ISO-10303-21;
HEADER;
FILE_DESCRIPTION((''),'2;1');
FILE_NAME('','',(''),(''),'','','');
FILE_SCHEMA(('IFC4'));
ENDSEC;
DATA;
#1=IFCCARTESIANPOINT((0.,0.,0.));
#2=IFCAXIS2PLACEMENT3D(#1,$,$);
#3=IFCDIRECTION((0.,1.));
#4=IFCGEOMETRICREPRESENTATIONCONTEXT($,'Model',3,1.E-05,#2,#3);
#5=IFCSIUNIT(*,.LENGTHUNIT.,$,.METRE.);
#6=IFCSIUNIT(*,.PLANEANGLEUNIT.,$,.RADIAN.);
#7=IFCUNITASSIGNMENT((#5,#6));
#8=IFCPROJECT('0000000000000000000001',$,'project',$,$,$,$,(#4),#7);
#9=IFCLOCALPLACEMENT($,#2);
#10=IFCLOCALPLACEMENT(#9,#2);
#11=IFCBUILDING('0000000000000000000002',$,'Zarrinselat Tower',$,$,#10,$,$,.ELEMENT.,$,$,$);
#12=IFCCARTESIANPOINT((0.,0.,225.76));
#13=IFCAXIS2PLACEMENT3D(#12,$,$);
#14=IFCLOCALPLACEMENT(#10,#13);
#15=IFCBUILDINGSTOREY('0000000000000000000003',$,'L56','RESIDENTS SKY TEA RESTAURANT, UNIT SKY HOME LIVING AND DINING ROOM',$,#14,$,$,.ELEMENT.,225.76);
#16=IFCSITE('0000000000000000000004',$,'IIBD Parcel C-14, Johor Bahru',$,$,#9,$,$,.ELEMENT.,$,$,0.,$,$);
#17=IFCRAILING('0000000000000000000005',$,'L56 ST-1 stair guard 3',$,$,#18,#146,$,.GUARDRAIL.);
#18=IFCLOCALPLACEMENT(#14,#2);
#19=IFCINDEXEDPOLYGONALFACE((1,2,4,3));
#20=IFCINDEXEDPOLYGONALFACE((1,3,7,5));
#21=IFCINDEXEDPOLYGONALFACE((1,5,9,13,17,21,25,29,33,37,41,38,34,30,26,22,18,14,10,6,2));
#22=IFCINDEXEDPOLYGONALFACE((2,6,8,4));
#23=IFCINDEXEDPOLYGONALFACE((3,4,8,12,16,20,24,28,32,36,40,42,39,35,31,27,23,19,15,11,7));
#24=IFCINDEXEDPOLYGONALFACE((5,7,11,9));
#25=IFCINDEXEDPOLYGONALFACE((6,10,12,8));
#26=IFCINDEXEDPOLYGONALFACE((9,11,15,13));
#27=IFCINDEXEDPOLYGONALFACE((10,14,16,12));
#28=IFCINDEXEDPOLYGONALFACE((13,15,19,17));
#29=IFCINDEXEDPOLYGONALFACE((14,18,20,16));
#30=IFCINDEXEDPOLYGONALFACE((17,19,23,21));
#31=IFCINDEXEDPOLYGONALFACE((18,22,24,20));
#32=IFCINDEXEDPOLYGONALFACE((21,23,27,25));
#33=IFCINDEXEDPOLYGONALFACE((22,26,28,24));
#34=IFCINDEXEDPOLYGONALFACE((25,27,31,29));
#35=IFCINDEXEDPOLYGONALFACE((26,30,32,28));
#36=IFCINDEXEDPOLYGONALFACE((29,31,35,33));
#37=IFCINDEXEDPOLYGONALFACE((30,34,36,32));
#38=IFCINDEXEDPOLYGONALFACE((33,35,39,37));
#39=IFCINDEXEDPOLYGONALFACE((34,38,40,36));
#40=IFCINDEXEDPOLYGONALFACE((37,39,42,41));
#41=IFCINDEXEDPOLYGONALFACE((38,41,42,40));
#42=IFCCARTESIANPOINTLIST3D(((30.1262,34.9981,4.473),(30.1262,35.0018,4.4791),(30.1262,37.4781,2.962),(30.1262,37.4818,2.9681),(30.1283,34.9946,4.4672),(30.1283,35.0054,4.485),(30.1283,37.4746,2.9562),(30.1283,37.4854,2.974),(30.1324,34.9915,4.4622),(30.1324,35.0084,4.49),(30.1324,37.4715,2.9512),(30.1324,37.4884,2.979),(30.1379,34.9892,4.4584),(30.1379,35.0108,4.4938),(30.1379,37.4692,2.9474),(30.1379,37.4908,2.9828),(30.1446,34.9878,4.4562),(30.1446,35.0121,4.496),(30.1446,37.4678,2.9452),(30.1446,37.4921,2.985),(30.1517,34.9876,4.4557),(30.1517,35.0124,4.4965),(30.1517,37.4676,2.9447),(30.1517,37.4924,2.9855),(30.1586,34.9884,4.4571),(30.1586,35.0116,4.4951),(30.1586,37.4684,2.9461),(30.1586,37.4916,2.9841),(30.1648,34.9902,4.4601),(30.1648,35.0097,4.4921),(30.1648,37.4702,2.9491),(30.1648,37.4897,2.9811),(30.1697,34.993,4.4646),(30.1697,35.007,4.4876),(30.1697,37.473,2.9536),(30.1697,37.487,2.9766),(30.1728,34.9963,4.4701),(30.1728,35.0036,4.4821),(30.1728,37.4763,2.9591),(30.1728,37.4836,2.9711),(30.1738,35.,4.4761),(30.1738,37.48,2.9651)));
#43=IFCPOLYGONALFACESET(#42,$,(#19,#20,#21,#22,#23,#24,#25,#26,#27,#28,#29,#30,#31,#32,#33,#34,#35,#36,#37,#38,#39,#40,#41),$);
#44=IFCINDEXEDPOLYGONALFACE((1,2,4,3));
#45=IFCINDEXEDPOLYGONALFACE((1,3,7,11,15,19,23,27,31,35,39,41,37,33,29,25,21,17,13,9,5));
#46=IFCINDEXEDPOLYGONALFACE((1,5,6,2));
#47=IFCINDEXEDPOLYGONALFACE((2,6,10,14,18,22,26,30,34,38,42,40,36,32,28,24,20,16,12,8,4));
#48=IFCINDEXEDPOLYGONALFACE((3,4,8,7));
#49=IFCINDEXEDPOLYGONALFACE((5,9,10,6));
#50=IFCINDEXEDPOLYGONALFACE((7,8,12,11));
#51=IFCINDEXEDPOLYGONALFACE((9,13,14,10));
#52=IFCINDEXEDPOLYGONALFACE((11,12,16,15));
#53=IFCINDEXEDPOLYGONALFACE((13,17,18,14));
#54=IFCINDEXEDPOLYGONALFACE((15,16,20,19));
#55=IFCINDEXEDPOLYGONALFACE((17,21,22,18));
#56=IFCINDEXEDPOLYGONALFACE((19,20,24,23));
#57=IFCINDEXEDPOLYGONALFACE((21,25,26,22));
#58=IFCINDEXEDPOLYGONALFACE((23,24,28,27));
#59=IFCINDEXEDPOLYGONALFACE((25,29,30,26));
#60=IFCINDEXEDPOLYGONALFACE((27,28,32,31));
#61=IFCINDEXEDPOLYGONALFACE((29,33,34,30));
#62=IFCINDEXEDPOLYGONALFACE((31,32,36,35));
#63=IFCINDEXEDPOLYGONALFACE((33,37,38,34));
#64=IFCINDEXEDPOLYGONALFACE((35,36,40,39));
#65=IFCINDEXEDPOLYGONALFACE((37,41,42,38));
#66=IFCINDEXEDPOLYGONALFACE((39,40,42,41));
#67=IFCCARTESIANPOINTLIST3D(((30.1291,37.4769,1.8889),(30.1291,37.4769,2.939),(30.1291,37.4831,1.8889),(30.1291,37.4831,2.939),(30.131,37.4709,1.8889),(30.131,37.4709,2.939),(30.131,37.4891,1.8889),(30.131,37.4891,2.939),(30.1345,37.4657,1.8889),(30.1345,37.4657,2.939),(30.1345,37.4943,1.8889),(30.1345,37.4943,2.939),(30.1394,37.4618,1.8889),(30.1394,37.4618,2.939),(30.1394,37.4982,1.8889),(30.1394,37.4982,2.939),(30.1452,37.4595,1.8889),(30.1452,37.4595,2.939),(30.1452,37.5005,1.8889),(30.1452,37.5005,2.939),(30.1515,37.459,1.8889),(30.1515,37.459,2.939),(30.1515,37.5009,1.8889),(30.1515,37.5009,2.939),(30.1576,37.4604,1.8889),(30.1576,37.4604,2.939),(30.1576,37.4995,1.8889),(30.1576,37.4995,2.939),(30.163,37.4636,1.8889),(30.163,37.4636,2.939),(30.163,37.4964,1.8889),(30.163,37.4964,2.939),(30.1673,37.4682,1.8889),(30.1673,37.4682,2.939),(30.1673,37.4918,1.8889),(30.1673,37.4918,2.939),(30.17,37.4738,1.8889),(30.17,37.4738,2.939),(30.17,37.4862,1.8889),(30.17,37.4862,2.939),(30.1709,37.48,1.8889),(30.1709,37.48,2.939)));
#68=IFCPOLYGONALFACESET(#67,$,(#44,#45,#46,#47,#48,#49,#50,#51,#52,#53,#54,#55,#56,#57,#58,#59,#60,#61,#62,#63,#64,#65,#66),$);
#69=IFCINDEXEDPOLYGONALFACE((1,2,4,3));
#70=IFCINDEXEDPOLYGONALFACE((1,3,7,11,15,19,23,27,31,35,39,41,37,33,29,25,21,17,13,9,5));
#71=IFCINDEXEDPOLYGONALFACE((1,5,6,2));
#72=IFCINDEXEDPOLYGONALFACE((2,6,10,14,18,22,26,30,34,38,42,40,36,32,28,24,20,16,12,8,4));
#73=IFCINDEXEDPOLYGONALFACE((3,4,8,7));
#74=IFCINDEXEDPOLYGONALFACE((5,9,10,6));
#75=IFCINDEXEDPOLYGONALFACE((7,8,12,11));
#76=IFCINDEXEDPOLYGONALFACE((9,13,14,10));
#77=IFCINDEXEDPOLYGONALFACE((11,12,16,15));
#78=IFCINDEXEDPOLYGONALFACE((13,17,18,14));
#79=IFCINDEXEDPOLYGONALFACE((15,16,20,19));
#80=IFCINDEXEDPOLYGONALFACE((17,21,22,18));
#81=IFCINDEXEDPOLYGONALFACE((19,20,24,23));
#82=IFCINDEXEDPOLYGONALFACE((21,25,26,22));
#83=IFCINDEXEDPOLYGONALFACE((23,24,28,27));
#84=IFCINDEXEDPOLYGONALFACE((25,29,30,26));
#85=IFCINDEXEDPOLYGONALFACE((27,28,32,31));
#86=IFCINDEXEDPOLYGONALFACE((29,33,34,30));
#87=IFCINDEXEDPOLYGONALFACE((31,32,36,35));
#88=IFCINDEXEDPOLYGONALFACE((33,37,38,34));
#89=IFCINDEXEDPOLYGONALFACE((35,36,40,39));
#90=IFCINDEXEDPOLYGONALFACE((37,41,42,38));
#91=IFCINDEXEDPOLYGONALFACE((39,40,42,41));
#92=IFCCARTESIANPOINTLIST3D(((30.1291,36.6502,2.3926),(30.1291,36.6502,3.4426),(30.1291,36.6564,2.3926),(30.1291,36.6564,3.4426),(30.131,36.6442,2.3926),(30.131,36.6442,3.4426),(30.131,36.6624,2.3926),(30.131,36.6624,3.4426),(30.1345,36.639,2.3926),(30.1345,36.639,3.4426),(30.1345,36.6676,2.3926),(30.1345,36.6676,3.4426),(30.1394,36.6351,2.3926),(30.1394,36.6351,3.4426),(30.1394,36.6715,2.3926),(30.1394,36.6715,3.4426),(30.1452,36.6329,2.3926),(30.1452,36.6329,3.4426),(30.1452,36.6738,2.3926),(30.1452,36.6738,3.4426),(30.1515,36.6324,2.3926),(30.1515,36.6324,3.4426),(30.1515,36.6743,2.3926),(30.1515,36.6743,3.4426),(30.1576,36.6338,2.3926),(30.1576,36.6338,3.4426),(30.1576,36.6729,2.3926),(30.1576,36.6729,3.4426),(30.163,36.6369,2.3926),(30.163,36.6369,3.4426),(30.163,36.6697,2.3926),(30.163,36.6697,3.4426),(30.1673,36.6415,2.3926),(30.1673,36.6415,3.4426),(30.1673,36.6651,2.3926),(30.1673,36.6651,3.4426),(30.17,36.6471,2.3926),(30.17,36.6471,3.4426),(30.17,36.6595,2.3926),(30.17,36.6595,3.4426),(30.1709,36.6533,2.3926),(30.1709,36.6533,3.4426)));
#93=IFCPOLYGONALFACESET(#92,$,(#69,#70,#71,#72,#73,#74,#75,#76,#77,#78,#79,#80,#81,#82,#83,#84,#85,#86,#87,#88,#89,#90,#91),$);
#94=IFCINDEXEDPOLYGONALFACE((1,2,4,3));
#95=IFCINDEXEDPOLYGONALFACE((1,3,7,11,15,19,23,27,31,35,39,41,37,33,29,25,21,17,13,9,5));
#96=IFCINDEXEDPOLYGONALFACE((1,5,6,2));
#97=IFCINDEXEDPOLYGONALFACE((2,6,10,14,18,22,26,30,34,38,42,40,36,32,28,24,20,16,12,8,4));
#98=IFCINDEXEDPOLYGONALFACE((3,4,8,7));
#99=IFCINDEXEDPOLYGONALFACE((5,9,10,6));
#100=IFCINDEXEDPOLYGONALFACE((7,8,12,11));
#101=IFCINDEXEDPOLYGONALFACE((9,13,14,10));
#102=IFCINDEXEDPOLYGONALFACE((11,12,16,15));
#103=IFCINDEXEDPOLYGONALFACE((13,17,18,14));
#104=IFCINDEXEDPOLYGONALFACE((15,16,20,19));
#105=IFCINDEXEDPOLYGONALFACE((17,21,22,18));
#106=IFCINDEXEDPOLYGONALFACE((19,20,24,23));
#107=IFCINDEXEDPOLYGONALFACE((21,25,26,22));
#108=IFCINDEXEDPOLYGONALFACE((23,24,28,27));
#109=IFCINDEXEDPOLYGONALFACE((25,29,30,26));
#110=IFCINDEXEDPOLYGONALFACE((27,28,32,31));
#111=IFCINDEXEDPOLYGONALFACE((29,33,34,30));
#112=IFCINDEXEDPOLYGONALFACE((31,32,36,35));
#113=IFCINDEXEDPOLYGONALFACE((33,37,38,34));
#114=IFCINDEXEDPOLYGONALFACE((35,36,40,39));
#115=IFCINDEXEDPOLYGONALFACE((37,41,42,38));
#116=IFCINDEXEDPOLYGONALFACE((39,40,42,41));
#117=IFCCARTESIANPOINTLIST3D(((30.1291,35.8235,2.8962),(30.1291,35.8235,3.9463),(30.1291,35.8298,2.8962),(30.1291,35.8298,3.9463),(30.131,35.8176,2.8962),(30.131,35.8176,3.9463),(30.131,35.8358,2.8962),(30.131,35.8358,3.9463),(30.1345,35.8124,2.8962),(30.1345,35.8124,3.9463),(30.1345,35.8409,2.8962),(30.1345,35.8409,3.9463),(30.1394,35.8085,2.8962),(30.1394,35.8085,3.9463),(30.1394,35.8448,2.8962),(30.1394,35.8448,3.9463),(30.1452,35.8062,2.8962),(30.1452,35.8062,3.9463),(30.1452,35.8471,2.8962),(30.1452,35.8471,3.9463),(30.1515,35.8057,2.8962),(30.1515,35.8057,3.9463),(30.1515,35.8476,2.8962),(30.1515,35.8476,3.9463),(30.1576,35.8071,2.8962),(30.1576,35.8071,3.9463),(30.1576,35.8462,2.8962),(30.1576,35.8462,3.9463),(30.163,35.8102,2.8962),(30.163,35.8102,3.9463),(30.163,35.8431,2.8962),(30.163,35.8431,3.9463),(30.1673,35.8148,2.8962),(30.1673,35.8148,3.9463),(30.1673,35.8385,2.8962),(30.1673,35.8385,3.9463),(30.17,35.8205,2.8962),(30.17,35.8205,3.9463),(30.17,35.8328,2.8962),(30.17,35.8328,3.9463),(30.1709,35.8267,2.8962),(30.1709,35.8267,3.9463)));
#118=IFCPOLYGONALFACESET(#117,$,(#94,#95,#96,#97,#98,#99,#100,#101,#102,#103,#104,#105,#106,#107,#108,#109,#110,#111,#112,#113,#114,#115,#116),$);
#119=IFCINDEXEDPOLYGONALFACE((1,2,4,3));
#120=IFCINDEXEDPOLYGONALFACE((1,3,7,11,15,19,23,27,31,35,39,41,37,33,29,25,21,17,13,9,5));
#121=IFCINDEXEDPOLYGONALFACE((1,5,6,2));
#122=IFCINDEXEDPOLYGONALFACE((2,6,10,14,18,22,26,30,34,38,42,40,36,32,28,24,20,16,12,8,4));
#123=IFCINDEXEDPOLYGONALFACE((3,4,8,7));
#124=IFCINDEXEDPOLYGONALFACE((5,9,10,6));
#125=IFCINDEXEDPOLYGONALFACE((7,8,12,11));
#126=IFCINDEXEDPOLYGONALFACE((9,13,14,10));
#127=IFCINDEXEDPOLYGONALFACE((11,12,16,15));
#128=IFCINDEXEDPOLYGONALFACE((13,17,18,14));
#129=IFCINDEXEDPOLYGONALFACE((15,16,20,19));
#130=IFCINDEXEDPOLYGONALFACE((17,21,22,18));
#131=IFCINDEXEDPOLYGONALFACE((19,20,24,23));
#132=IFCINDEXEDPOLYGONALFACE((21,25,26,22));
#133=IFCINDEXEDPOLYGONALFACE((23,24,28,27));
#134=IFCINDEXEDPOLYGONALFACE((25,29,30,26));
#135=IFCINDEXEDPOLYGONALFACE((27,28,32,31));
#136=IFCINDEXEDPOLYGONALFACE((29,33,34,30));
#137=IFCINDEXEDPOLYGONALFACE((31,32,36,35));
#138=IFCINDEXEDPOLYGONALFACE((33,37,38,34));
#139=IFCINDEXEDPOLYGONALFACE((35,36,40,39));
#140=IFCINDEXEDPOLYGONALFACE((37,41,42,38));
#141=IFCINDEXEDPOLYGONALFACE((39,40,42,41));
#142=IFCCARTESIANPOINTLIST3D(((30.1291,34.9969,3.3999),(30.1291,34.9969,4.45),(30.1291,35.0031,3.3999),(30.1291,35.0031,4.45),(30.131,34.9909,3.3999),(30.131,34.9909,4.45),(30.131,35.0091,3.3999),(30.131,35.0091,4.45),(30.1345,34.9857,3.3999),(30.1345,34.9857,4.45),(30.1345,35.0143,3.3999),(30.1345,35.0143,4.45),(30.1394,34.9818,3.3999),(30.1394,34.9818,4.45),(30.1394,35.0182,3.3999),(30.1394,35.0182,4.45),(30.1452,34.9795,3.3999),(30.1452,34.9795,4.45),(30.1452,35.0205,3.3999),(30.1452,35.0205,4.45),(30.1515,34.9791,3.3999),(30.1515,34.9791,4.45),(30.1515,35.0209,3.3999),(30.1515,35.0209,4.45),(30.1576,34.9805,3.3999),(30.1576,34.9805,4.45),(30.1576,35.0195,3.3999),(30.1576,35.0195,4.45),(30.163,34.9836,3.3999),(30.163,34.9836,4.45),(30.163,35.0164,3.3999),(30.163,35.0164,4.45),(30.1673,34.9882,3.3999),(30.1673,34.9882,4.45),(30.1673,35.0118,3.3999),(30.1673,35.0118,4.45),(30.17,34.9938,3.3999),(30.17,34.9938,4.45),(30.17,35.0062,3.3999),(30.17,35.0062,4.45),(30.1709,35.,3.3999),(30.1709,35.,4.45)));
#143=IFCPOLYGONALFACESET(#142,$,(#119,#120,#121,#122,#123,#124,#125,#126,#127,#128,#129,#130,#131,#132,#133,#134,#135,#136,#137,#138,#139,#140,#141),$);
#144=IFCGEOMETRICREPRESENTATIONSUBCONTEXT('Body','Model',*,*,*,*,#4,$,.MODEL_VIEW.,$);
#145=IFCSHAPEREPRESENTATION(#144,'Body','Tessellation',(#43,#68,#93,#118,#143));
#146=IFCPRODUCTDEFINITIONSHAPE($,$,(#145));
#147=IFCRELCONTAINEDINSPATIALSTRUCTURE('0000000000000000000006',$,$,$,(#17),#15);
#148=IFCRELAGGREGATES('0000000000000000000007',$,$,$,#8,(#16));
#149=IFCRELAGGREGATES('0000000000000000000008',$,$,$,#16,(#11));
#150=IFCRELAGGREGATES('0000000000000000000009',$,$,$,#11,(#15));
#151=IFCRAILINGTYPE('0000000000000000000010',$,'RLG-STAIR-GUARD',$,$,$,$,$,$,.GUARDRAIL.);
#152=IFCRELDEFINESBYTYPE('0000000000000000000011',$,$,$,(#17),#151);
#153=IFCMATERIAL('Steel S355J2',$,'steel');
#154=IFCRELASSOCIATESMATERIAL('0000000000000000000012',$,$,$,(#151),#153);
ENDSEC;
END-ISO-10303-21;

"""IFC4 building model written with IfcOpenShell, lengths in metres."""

from ifc_helpers import new_model, si_unit, direction, frame, origin, origin_2d, place, context, subcontext, project, spatial, circle, extrude, material, type_object, element, save


model = new_model("IFC4")

# Units and contexts
model_context = context("Model", 3, precision=1e-05, world=origin(), true_north=direction((0.0, 1.0)))
body_context = subcontext(model_context, "Body", "Model", "MODEL_VIEW")
ifc_project = project(units=[si_unit("LENGTHUNIT", "METRE"), si_unit("PLANEANGLEUNIT", "RADIAN")], contexts=[model_context])

# Site, building, storey
site_placement = place(None, origin())
site = spatial("IfcSite", under=ifc_project, at=site_placement, Name="IIBD Parcel C-14, Johor Bahru", CompositionType="ELEMENT", RefElevation=0.0)
building_placement = place(site_placement, origin())
building = spatial("IfcBuilding", under=site, at=building_placement, Name="Zarrinselat Tower", CompositionType="ELEMENT")
storey_placement = place(building_placement, frame((0.0, 0.0, 225.76)))
storey = spatial("IfcBuildingStorey", under=building, at=storey_placement, Name="L56", Description="RESIDENTS SKY TEA RESTAURANT, UNIT SKY HOME LIVING AND DINING ROOM", CompositionType="ELEMENT", Elevation=225.76)

# Railing
ifc_material_1 = material(Name="Steel S355J2", Category="steel")
railing_type_1 = type_object("IfcRailingType", Name="RLG-STAIR-GUARD", PredefinedType="GUARDRAIL", material=ifc_material_1)
railing_1_placement = place(storey_placement, frame((30.1499, 37.48, 1.8889)))
element("IfcRailing", 1, at=railing_1_placement, inside=storey, type_object=railing_type_1, Name="L56 ST-1 stair guard 3", PredefinedType="GUARDRAIL", context=body_context, shape_type="SweptSolid", body=[
    extrude(circle(Radius=0.0239, at=origin_2d()), frame((0.0, 0.0, 1.0762), z_axis=(0.0, -0.853979, 0.520307), x_axis=(1.0, 0.0, 0.0)), (0.0, 0.0, 1.0), 2.9041),
    extrude(circle(Radius=0.021, at=origin_2d()), origin(), (0.0, 0.0, 1.0), 1.05),
    extrude(circle(Radius=0.021, at=origin_2d()), frame((0.0, -0.8267, 0.5037)), (0.0, 0.0, 1.0), 1.05),
    extrude(circle(Radius=0.021, at=origin_2d()), frame((0.0, -1.6533, 1.0073)), (0.0, 0.0, 1.0), 1.05),
    extrude(circle(Radius=0.021, at=origin_2d()), frame((0.0, -2.48, 1.511)), (0.0, 0.0, 1.0), 1.05),
])

save(model, "model.ifc")
